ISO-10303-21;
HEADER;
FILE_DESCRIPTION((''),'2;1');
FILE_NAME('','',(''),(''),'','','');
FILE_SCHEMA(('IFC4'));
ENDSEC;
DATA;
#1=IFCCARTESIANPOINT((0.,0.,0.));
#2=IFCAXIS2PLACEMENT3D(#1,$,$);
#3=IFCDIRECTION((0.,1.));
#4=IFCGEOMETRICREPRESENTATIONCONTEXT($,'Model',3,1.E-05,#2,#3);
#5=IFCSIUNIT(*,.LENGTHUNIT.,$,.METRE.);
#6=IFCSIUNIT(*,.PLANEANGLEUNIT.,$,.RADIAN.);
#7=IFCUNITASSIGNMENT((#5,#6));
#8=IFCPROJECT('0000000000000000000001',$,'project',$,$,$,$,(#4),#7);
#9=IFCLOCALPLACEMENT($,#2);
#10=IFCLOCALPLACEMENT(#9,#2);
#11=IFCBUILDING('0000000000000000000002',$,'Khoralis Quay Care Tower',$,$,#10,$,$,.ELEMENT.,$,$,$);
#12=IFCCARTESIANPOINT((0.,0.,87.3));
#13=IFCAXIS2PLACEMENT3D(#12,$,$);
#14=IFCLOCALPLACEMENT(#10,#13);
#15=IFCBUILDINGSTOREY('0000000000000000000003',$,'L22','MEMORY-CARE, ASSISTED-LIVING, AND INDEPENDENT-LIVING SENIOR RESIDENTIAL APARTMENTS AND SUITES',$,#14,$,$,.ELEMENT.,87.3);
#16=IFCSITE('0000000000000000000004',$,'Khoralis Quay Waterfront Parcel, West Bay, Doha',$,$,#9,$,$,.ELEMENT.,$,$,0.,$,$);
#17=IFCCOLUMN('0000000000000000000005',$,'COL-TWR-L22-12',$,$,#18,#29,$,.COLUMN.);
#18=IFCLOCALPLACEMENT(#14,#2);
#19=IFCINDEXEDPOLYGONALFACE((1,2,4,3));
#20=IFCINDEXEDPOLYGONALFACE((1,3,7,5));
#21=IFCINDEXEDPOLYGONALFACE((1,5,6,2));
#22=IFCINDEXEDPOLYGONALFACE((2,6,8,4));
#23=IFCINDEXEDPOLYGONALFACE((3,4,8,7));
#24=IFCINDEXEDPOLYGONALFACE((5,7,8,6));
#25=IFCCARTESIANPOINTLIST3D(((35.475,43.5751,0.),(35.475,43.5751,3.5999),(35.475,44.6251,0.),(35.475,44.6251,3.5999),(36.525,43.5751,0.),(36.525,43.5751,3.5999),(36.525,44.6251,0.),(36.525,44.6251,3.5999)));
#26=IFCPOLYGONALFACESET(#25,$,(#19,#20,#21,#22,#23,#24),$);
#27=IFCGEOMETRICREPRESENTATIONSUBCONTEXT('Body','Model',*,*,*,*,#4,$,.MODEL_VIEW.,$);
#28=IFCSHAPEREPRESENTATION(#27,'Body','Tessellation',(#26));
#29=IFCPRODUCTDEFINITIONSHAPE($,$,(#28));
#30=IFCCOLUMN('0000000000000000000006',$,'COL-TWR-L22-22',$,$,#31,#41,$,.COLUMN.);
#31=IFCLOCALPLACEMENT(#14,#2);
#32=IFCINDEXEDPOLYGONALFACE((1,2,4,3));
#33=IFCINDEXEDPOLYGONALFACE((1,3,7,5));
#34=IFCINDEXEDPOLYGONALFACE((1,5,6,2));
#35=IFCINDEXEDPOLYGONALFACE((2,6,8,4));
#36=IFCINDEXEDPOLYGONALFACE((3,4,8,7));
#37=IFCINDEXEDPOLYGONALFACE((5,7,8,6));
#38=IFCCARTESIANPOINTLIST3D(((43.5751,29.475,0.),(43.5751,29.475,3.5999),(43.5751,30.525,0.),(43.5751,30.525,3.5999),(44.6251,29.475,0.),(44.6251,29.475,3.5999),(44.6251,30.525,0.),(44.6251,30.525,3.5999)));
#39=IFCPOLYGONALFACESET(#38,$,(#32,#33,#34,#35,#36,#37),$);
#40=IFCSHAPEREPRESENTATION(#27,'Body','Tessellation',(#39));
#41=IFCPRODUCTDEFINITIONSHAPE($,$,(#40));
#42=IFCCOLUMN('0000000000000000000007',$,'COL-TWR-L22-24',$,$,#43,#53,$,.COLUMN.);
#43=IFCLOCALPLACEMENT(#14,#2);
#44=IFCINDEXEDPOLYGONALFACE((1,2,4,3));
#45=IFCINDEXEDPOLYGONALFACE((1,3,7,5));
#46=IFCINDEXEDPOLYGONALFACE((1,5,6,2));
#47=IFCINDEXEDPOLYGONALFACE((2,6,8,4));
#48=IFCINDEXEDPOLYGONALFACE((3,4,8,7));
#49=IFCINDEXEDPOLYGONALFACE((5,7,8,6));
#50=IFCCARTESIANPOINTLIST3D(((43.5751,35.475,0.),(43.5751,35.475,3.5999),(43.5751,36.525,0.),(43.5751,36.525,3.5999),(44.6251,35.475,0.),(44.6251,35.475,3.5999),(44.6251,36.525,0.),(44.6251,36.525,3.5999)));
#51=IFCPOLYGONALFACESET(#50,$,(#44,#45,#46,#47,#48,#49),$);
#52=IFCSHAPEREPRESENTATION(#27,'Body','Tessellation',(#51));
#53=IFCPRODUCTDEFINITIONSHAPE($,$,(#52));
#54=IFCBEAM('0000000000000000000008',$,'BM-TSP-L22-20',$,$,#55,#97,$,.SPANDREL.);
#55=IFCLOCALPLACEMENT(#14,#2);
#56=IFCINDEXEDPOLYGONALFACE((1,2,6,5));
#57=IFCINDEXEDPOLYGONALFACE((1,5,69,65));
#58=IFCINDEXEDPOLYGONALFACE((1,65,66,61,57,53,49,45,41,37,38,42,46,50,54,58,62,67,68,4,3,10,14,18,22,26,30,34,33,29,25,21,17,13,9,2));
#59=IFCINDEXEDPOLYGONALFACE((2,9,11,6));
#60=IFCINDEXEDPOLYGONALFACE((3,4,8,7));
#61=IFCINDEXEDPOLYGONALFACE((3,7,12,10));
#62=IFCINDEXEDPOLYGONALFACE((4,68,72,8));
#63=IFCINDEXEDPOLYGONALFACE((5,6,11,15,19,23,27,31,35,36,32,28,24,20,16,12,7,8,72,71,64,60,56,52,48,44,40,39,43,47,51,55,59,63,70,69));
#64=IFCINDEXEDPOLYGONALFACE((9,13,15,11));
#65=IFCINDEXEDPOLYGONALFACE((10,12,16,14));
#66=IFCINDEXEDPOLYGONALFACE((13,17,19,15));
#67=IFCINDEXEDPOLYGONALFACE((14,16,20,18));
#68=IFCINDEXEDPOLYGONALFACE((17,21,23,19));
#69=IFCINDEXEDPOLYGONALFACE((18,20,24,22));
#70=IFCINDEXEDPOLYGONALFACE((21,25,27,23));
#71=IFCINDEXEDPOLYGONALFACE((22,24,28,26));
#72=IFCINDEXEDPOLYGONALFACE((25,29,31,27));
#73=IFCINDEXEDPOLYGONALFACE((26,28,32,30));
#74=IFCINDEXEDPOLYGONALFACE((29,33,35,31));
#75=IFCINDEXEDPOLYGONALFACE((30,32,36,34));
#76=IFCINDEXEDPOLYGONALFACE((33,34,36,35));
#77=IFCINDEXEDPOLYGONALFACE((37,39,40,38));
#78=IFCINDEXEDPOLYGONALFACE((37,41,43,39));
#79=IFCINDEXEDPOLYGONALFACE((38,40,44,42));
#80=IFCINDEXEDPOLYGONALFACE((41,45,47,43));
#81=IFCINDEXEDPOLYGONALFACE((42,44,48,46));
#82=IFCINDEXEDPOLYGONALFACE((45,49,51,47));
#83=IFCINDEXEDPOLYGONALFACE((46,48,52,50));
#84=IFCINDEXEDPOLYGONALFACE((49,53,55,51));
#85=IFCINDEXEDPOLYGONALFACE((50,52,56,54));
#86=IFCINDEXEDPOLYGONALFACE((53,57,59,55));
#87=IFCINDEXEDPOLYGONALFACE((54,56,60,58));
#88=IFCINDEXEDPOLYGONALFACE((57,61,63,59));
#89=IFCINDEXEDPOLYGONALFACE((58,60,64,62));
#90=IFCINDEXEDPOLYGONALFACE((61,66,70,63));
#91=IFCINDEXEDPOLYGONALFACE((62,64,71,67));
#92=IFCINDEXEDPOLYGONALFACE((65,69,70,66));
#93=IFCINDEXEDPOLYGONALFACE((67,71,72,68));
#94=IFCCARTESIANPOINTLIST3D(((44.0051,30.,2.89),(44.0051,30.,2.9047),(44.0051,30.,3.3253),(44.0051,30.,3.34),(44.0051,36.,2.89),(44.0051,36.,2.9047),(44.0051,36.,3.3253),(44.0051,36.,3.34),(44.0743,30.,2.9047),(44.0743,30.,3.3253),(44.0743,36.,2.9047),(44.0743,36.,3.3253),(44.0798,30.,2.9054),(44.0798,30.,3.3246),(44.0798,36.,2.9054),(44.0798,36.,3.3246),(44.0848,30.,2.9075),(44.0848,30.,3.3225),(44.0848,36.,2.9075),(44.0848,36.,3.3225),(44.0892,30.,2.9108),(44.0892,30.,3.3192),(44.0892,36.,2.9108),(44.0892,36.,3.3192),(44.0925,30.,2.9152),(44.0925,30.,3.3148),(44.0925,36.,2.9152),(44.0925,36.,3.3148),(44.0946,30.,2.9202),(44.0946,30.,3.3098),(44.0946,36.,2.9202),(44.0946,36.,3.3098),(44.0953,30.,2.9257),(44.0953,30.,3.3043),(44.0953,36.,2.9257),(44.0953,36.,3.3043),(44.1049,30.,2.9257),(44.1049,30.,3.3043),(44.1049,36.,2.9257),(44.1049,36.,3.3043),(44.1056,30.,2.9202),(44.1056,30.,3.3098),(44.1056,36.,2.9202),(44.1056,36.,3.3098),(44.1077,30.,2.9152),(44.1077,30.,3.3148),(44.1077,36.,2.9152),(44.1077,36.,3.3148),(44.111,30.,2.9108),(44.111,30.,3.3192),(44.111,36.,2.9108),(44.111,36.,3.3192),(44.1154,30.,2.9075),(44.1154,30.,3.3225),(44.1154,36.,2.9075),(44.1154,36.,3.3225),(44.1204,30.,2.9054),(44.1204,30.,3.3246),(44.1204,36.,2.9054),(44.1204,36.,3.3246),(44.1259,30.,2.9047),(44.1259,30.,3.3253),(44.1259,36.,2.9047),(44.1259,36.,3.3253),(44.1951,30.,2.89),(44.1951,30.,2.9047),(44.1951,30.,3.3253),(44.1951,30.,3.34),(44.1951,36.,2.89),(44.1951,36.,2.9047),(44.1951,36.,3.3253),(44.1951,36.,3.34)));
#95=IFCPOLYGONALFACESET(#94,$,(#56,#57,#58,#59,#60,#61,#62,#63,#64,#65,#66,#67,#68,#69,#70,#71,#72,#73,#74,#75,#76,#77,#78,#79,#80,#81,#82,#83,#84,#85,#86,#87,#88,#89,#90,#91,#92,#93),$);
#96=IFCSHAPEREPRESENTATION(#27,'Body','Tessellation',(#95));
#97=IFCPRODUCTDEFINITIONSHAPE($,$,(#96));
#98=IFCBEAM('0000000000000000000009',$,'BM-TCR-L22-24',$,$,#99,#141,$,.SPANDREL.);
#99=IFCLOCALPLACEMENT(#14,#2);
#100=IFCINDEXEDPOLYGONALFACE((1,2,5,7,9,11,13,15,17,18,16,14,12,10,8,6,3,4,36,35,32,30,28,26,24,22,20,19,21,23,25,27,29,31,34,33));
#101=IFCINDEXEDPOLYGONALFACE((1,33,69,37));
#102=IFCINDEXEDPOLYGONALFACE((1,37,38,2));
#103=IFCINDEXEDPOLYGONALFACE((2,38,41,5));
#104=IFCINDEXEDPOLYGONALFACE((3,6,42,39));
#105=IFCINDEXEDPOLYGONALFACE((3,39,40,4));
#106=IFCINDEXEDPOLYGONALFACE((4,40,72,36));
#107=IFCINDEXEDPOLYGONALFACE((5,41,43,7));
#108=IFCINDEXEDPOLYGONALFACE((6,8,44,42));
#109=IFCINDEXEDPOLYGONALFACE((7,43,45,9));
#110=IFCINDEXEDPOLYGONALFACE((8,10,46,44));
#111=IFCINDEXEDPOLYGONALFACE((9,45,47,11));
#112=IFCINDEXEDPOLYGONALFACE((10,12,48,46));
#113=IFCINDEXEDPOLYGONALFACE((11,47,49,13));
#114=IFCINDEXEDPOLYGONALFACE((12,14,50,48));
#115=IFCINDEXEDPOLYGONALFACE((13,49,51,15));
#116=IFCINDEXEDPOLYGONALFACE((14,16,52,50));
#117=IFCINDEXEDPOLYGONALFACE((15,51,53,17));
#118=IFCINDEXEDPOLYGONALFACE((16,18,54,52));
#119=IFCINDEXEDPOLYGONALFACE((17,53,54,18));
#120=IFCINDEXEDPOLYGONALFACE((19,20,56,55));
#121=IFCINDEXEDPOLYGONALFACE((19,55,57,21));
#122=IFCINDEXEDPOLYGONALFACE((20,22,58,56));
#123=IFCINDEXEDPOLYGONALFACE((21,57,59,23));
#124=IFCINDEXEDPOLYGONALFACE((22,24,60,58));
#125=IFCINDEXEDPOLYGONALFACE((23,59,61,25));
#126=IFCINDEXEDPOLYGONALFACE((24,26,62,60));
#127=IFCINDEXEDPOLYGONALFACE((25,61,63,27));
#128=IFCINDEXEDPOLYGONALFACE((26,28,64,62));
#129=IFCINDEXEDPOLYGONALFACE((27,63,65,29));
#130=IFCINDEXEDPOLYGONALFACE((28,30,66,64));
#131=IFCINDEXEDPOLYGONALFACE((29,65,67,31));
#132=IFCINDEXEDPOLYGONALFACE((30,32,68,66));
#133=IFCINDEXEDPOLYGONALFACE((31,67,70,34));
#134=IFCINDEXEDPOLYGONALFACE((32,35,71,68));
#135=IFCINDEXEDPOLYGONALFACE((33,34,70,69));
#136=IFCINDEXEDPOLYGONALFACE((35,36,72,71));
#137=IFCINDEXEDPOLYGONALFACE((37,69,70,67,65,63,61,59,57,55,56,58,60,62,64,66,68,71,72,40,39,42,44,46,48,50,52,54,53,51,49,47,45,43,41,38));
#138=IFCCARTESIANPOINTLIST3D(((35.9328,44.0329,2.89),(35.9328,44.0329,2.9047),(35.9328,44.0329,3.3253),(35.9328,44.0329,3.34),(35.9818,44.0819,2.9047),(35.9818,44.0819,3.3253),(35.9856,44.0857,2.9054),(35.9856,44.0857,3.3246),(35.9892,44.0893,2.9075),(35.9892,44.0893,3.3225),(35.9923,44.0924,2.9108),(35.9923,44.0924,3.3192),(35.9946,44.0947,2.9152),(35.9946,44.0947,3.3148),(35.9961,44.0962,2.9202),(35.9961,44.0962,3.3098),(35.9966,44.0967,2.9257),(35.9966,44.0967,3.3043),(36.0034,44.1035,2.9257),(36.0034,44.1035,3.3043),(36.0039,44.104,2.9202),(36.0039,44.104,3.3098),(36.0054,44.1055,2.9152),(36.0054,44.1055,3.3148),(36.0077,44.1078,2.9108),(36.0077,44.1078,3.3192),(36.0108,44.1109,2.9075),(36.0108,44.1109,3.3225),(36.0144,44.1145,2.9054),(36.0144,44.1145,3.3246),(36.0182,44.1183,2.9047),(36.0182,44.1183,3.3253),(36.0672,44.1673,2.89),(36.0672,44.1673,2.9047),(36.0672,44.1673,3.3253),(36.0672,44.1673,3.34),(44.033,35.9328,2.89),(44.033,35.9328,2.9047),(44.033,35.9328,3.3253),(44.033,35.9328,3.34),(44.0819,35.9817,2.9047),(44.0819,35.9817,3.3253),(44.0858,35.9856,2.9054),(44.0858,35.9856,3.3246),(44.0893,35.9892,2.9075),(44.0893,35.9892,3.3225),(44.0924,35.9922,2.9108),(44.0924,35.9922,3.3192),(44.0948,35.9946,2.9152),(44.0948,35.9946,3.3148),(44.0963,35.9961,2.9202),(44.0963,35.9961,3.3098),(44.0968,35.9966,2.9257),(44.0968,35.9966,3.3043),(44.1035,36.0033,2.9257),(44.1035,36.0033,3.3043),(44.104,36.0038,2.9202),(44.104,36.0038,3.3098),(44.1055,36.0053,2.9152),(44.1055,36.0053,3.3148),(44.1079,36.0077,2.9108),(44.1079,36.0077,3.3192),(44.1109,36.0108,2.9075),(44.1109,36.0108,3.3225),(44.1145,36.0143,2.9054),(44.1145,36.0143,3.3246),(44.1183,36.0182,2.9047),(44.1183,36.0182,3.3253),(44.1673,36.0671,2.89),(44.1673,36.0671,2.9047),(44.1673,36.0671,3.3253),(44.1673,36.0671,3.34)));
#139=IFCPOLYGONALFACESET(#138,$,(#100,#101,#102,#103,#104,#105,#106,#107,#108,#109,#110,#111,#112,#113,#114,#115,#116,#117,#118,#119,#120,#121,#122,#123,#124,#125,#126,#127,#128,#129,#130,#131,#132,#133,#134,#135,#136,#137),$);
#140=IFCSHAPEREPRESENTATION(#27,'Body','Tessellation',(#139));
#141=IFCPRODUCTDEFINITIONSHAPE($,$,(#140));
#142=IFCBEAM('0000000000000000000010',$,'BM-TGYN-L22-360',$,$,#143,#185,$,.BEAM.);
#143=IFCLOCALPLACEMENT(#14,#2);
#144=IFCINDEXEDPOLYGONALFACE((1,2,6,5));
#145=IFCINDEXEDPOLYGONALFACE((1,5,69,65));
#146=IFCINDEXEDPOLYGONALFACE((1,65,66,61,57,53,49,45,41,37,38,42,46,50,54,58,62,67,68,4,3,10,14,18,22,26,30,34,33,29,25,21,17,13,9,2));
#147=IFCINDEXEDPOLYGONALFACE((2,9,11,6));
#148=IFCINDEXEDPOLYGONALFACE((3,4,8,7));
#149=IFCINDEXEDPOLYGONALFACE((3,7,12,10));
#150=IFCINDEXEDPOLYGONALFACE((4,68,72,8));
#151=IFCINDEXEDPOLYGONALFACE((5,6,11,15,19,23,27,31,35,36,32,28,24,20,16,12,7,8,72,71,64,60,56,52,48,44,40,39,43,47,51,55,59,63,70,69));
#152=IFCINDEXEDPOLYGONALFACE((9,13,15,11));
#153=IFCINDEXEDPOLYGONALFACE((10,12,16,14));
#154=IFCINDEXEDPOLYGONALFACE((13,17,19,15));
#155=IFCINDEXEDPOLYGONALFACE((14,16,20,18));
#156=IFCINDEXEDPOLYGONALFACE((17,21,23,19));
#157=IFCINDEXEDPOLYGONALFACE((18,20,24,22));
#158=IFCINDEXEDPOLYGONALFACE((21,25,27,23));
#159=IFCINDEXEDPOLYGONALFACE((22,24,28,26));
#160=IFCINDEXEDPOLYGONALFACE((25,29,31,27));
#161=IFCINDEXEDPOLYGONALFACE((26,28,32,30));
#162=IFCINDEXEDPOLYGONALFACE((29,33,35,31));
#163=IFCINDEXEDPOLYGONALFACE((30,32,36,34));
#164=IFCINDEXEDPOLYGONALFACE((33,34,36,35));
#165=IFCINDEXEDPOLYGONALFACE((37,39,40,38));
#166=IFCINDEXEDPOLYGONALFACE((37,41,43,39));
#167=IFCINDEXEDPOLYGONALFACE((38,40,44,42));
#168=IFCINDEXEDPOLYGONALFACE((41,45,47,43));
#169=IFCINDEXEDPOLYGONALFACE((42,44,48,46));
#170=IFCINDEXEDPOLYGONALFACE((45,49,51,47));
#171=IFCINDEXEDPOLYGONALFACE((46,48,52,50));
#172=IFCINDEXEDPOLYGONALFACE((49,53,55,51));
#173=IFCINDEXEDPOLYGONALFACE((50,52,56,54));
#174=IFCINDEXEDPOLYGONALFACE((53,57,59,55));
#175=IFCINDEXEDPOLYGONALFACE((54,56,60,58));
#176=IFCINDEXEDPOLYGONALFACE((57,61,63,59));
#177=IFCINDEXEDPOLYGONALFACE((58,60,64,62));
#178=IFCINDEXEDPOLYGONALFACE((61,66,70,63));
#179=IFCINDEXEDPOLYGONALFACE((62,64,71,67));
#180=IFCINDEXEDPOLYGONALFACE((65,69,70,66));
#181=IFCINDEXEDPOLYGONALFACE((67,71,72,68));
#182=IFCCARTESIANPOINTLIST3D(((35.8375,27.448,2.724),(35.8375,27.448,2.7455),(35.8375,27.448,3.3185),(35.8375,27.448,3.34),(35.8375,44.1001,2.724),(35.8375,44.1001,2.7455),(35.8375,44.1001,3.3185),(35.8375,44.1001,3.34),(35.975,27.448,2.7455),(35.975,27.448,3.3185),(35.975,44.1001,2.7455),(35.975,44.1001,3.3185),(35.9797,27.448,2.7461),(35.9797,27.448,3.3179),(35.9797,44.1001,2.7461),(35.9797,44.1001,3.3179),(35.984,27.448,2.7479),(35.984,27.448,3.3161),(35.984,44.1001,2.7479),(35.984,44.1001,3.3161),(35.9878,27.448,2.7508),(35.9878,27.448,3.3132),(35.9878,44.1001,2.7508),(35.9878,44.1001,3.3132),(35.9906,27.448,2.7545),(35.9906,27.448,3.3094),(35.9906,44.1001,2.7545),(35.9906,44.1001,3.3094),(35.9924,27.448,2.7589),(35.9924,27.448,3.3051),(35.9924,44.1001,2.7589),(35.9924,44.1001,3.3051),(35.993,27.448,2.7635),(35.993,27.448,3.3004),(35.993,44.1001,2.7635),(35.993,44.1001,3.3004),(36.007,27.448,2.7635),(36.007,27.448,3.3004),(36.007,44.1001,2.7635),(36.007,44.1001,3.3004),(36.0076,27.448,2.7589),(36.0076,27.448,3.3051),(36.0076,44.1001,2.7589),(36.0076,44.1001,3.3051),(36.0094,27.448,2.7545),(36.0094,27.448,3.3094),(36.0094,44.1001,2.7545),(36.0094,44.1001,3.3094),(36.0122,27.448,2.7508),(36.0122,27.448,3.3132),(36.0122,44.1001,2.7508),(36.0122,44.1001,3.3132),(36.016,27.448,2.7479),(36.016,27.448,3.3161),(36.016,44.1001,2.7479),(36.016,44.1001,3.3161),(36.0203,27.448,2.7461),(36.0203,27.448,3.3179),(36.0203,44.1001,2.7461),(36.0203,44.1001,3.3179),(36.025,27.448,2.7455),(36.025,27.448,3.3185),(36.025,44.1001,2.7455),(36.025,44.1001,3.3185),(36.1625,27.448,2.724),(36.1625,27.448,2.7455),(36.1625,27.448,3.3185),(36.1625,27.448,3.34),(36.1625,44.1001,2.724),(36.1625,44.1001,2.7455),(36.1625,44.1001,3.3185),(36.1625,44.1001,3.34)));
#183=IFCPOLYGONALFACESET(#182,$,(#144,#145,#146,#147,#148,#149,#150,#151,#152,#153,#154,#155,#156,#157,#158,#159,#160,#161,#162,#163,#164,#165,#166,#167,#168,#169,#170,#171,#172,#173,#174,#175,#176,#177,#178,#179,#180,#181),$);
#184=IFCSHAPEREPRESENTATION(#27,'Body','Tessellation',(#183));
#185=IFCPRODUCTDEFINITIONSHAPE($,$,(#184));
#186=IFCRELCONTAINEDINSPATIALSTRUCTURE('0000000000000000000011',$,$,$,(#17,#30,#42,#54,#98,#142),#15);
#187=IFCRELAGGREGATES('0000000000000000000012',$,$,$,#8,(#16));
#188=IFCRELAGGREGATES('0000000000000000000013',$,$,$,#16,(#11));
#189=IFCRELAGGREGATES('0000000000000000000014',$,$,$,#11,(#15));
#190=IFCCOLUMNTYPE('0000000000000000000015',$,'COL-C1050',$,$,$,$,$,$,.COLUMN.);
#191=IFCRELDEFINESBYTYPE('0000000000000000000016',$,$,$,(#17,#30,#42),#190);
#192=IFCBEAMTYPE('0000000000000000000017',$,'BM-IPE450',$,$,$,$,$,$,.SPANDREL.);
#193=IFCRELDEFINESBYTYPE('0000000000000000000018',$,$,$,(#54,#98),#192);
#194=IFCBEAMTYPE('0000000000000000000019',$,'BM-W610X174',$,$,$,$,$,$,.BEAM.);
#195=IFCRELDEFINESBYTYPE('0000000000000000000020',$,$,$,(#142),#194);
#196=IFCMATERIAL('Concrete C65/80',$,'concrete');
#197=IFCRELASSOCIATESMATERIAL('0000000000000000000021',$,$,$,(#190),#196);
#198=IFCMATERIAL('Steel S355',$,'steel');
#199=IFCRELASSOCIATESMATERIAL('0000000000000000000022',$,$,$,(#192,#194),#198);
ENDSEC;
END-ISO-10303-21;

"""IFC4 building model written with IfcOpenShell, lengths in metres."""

from ifc_helpers import new_model, si_unit, direction, frame, origin, origin_2d, place, context, subcontext, project, spatial, rectangle, i_section, extrude, source, transform, mapped, material, material_profile, profile_set, type_object, element, save


model = new_model("IFC4")

# Units and contexts
model_context = context("Model", 3, precision=1e-05, world=origin(), true_north=direction((0.0, 1.0)))
body_context = subcontext(model_context, "Body", "Model", "MODEL_VIEW")
ifc_project = project(units=[si_unit("LENGTHUNIT", "METRE"), si_unit("PLANEANGLEUNIT", "RADIAN")], contexts=[model_context])

# Site, building, storey
site_placement = place(None, origin())
site = spatial("IfcSite", under=ifc_project, at=site_placement, Name="Khoralis Quay Waterfront Parcel, West Bay, Doha", CompositionType="ELEMENT", RefElevation=0.0)
building_placement = place(site_placement, origin())
building = spatial("IfcBuilding", under=site, at=building_placement, Name="Khoralis Quay Care Tower", CompositionType="ELEMENT")
storey_placement = place(building_placement, frame((0.0, 0.0, 87.3)))
storey = spatial("IfcBuildingStorey", under=building, at=storey_placement, Name="L22", Description="MEMORY-CARE, ASSISTED-LIVING, AND INDEPENDENT-LIVING SENIOR RESIDENTIAL APARTMENTS AND SUITES", CompositionType="ELEMENT", Elevation=87.3)

# Columns
ifc_material_1 = material(Name="Concrete C65/80", Category="concrete")
ifc_material_profile_1 = material_profile(ifc_material_1, rectangle(XDim=1.05, YDim=1.05, at=origin_2d()), Name="Concrete C65/80")
ifc_profile_set_1 = profile_set([ifc_material_profile_1], Name="Concrete C65/80")
column_type = type_object("IfcColumnType", Name="COL-C1050", PredefinedType="COLUMN", material=ifc_profile_set_1)
shared_shape_1 = source(origin(), body_context, "Body", "SweptSolid", [
    extrude(rectangle(XDim=1.05, YDim=1.05, at=origin_2d()), origin(), (0.0, 0.0, 1.0), 3.5999),
])
for number, where, z_axis, x_axis, name in (
    (1, (36.0, 44.1001, 0.0), (0.0, 0.0, 1.0), (1.0, 0.0, 0.0), "COL-TWR-L22-12"),
    (2, (44.1001, 30.0, 0.0), (0.0, 0.0, 1.0), (1.0, 0.0, 0.0), "COL-TWR-L22-22"),
    (3, (44.1001, 36.0, 0.0), (0.0, 0.0, 1.0), (1.0, 0.0, 0.0), "COL-TWR-L22-24"),
):
    element("IfcColumn", number, at=place(storey_placement, frame(where, z_axis=z_axis, x_axis=x_axis)), inside=storey, type_object=column_type, Name=name, PredefinedType="COLUMN", context=body_context, shape_type="MappedRepresentation", body=[
        mapped(shared_shape_1, transform((0.0, 0.0, 0.0), scale=1.0)),
    ])

# Beams
ifc_material_2 = material(Name="Steel S355", Category="steel")
ifc_material_profile_2 = material_profile(ifc_material_2, i_section(OverallWidth=0.1899, OverallDepth=0.45, WebThickness=0.0095, FlangeThickness=0.0146, FilletRadius=0.021, at=origin_2d()), Name="Steel S355")
ifc_profile_set_2 = profile_set([ifc_material_profile_2], Name="Steel S355")
beam_type_1 = type_object("IfcBeamType", Name="BM-IPE450", PredefinedType="SPANDREL", material=ifc_profile_set_2)
shared_shape_2 = source(origin(), body_context, "Body", "SweptSolid", [
    extrude(i_section(OverallWidth=0.1899, OverallDepth=0.45, WebThickness=0.0095, FlangeThickness=0.0146, FilletRadius=0.021, at=origin_2d()), origin(), (0.0, 0.0, 1.0), 6.0),
])
beam_1_placement = place(storey_placement, frame((44.1001, 30.0, 3.115), z_axis=(0.0, 1.0, 0.0), x_axis=(-1.0, 0.0, 0.0)))
element("IfcBeam", 4, at=beam_1_placement, inside=storey, type_object=beam_type_1, Name="BM-TSP-L22-20", PredefinedType="SPANDREL", context=body_context, shape_type="MappedRepresentation", body=[
    mapped(shared_shape_2, transform((0.0, 0.0, 0.0), scale=1.0)),
])
shared_shape_3 = source(origin(), body_context, "Body", "SweptSolid", [
    extrude(i_section(OverallWidth=0.1899, OverallDepth=0.45, WebThickness=0.0095, FlangeThickness=0.0146, FilletRadius=0.021, at=origin_2d()), origin(), (0.0, 0.0, 1.0), 11.4553),
])
beam_2_placement = place(storey_placement, frame((36.0, 44.1001, 3.115), z_axis=(0.707107, -0.707107, 0.0), x_axis=(0.707107, 0.707107, 0.0)))
element("IfcBeam", 5, at=beam_2_placement, inside=storey, type_object=beam_type_1, Name="BM-TCR-L22-24", PredefinedType="SPANDREL", context=body_context, shape_type="MappedRepresentation", body=[
    mapped(shared_shape_3, transform((0.0, 0.0, 0.0), scale=1.0)),
])
ifc_material_profile_3 = material_profile(ifc_material_2, i_section(OverallWidth=0.325, OverallDepth=0.616, WebThickness=0.0139, FlangeThickness=0.0215, FilletRadius=0.0181, at=origin_2d()), Name="Steel S355")
ifc_profile_set_3 = profile_set([ifc_material_profile_3], Name="Steel S355")
beam_type_2 = type_object("IfcBeamType", Name="BM-W610X174", PredefinedType="BEAM", material=ifc_profile_set_3)
shared_shape_4 = source(origin(), body_context, "Body", "SweptSolid", [
    extrude(i_section(OverallWidth=0.325, OverallDepth=0.616, WebThickness=0.0139, FlangeThickness=0.0215, FilletRadius=0.0181, at=origin_2d()), origin(), (0.0, 0.0, 1.0), 16.6521),
])
beam_3_placement = place(storey_placement, frame((36.0, 27.448, 3.032), z_axis=(0.0, 1.0, 0.0), x_axis=(-1.0, 0.0, 0.0)))
element("IfcBeam", 6, at=beam_3_placement, inside=storey, type_object=beam_type_2, Name="BM-TGYN-L22-360", PredefinedType="BEAM", context=body_context, shape_type="MappedRepresentation", body=[
    mapped(shared_shape_4, transform((0.0, 0.0, 0.0), scale=1.0)),
])

save(model, "model.ifc")
